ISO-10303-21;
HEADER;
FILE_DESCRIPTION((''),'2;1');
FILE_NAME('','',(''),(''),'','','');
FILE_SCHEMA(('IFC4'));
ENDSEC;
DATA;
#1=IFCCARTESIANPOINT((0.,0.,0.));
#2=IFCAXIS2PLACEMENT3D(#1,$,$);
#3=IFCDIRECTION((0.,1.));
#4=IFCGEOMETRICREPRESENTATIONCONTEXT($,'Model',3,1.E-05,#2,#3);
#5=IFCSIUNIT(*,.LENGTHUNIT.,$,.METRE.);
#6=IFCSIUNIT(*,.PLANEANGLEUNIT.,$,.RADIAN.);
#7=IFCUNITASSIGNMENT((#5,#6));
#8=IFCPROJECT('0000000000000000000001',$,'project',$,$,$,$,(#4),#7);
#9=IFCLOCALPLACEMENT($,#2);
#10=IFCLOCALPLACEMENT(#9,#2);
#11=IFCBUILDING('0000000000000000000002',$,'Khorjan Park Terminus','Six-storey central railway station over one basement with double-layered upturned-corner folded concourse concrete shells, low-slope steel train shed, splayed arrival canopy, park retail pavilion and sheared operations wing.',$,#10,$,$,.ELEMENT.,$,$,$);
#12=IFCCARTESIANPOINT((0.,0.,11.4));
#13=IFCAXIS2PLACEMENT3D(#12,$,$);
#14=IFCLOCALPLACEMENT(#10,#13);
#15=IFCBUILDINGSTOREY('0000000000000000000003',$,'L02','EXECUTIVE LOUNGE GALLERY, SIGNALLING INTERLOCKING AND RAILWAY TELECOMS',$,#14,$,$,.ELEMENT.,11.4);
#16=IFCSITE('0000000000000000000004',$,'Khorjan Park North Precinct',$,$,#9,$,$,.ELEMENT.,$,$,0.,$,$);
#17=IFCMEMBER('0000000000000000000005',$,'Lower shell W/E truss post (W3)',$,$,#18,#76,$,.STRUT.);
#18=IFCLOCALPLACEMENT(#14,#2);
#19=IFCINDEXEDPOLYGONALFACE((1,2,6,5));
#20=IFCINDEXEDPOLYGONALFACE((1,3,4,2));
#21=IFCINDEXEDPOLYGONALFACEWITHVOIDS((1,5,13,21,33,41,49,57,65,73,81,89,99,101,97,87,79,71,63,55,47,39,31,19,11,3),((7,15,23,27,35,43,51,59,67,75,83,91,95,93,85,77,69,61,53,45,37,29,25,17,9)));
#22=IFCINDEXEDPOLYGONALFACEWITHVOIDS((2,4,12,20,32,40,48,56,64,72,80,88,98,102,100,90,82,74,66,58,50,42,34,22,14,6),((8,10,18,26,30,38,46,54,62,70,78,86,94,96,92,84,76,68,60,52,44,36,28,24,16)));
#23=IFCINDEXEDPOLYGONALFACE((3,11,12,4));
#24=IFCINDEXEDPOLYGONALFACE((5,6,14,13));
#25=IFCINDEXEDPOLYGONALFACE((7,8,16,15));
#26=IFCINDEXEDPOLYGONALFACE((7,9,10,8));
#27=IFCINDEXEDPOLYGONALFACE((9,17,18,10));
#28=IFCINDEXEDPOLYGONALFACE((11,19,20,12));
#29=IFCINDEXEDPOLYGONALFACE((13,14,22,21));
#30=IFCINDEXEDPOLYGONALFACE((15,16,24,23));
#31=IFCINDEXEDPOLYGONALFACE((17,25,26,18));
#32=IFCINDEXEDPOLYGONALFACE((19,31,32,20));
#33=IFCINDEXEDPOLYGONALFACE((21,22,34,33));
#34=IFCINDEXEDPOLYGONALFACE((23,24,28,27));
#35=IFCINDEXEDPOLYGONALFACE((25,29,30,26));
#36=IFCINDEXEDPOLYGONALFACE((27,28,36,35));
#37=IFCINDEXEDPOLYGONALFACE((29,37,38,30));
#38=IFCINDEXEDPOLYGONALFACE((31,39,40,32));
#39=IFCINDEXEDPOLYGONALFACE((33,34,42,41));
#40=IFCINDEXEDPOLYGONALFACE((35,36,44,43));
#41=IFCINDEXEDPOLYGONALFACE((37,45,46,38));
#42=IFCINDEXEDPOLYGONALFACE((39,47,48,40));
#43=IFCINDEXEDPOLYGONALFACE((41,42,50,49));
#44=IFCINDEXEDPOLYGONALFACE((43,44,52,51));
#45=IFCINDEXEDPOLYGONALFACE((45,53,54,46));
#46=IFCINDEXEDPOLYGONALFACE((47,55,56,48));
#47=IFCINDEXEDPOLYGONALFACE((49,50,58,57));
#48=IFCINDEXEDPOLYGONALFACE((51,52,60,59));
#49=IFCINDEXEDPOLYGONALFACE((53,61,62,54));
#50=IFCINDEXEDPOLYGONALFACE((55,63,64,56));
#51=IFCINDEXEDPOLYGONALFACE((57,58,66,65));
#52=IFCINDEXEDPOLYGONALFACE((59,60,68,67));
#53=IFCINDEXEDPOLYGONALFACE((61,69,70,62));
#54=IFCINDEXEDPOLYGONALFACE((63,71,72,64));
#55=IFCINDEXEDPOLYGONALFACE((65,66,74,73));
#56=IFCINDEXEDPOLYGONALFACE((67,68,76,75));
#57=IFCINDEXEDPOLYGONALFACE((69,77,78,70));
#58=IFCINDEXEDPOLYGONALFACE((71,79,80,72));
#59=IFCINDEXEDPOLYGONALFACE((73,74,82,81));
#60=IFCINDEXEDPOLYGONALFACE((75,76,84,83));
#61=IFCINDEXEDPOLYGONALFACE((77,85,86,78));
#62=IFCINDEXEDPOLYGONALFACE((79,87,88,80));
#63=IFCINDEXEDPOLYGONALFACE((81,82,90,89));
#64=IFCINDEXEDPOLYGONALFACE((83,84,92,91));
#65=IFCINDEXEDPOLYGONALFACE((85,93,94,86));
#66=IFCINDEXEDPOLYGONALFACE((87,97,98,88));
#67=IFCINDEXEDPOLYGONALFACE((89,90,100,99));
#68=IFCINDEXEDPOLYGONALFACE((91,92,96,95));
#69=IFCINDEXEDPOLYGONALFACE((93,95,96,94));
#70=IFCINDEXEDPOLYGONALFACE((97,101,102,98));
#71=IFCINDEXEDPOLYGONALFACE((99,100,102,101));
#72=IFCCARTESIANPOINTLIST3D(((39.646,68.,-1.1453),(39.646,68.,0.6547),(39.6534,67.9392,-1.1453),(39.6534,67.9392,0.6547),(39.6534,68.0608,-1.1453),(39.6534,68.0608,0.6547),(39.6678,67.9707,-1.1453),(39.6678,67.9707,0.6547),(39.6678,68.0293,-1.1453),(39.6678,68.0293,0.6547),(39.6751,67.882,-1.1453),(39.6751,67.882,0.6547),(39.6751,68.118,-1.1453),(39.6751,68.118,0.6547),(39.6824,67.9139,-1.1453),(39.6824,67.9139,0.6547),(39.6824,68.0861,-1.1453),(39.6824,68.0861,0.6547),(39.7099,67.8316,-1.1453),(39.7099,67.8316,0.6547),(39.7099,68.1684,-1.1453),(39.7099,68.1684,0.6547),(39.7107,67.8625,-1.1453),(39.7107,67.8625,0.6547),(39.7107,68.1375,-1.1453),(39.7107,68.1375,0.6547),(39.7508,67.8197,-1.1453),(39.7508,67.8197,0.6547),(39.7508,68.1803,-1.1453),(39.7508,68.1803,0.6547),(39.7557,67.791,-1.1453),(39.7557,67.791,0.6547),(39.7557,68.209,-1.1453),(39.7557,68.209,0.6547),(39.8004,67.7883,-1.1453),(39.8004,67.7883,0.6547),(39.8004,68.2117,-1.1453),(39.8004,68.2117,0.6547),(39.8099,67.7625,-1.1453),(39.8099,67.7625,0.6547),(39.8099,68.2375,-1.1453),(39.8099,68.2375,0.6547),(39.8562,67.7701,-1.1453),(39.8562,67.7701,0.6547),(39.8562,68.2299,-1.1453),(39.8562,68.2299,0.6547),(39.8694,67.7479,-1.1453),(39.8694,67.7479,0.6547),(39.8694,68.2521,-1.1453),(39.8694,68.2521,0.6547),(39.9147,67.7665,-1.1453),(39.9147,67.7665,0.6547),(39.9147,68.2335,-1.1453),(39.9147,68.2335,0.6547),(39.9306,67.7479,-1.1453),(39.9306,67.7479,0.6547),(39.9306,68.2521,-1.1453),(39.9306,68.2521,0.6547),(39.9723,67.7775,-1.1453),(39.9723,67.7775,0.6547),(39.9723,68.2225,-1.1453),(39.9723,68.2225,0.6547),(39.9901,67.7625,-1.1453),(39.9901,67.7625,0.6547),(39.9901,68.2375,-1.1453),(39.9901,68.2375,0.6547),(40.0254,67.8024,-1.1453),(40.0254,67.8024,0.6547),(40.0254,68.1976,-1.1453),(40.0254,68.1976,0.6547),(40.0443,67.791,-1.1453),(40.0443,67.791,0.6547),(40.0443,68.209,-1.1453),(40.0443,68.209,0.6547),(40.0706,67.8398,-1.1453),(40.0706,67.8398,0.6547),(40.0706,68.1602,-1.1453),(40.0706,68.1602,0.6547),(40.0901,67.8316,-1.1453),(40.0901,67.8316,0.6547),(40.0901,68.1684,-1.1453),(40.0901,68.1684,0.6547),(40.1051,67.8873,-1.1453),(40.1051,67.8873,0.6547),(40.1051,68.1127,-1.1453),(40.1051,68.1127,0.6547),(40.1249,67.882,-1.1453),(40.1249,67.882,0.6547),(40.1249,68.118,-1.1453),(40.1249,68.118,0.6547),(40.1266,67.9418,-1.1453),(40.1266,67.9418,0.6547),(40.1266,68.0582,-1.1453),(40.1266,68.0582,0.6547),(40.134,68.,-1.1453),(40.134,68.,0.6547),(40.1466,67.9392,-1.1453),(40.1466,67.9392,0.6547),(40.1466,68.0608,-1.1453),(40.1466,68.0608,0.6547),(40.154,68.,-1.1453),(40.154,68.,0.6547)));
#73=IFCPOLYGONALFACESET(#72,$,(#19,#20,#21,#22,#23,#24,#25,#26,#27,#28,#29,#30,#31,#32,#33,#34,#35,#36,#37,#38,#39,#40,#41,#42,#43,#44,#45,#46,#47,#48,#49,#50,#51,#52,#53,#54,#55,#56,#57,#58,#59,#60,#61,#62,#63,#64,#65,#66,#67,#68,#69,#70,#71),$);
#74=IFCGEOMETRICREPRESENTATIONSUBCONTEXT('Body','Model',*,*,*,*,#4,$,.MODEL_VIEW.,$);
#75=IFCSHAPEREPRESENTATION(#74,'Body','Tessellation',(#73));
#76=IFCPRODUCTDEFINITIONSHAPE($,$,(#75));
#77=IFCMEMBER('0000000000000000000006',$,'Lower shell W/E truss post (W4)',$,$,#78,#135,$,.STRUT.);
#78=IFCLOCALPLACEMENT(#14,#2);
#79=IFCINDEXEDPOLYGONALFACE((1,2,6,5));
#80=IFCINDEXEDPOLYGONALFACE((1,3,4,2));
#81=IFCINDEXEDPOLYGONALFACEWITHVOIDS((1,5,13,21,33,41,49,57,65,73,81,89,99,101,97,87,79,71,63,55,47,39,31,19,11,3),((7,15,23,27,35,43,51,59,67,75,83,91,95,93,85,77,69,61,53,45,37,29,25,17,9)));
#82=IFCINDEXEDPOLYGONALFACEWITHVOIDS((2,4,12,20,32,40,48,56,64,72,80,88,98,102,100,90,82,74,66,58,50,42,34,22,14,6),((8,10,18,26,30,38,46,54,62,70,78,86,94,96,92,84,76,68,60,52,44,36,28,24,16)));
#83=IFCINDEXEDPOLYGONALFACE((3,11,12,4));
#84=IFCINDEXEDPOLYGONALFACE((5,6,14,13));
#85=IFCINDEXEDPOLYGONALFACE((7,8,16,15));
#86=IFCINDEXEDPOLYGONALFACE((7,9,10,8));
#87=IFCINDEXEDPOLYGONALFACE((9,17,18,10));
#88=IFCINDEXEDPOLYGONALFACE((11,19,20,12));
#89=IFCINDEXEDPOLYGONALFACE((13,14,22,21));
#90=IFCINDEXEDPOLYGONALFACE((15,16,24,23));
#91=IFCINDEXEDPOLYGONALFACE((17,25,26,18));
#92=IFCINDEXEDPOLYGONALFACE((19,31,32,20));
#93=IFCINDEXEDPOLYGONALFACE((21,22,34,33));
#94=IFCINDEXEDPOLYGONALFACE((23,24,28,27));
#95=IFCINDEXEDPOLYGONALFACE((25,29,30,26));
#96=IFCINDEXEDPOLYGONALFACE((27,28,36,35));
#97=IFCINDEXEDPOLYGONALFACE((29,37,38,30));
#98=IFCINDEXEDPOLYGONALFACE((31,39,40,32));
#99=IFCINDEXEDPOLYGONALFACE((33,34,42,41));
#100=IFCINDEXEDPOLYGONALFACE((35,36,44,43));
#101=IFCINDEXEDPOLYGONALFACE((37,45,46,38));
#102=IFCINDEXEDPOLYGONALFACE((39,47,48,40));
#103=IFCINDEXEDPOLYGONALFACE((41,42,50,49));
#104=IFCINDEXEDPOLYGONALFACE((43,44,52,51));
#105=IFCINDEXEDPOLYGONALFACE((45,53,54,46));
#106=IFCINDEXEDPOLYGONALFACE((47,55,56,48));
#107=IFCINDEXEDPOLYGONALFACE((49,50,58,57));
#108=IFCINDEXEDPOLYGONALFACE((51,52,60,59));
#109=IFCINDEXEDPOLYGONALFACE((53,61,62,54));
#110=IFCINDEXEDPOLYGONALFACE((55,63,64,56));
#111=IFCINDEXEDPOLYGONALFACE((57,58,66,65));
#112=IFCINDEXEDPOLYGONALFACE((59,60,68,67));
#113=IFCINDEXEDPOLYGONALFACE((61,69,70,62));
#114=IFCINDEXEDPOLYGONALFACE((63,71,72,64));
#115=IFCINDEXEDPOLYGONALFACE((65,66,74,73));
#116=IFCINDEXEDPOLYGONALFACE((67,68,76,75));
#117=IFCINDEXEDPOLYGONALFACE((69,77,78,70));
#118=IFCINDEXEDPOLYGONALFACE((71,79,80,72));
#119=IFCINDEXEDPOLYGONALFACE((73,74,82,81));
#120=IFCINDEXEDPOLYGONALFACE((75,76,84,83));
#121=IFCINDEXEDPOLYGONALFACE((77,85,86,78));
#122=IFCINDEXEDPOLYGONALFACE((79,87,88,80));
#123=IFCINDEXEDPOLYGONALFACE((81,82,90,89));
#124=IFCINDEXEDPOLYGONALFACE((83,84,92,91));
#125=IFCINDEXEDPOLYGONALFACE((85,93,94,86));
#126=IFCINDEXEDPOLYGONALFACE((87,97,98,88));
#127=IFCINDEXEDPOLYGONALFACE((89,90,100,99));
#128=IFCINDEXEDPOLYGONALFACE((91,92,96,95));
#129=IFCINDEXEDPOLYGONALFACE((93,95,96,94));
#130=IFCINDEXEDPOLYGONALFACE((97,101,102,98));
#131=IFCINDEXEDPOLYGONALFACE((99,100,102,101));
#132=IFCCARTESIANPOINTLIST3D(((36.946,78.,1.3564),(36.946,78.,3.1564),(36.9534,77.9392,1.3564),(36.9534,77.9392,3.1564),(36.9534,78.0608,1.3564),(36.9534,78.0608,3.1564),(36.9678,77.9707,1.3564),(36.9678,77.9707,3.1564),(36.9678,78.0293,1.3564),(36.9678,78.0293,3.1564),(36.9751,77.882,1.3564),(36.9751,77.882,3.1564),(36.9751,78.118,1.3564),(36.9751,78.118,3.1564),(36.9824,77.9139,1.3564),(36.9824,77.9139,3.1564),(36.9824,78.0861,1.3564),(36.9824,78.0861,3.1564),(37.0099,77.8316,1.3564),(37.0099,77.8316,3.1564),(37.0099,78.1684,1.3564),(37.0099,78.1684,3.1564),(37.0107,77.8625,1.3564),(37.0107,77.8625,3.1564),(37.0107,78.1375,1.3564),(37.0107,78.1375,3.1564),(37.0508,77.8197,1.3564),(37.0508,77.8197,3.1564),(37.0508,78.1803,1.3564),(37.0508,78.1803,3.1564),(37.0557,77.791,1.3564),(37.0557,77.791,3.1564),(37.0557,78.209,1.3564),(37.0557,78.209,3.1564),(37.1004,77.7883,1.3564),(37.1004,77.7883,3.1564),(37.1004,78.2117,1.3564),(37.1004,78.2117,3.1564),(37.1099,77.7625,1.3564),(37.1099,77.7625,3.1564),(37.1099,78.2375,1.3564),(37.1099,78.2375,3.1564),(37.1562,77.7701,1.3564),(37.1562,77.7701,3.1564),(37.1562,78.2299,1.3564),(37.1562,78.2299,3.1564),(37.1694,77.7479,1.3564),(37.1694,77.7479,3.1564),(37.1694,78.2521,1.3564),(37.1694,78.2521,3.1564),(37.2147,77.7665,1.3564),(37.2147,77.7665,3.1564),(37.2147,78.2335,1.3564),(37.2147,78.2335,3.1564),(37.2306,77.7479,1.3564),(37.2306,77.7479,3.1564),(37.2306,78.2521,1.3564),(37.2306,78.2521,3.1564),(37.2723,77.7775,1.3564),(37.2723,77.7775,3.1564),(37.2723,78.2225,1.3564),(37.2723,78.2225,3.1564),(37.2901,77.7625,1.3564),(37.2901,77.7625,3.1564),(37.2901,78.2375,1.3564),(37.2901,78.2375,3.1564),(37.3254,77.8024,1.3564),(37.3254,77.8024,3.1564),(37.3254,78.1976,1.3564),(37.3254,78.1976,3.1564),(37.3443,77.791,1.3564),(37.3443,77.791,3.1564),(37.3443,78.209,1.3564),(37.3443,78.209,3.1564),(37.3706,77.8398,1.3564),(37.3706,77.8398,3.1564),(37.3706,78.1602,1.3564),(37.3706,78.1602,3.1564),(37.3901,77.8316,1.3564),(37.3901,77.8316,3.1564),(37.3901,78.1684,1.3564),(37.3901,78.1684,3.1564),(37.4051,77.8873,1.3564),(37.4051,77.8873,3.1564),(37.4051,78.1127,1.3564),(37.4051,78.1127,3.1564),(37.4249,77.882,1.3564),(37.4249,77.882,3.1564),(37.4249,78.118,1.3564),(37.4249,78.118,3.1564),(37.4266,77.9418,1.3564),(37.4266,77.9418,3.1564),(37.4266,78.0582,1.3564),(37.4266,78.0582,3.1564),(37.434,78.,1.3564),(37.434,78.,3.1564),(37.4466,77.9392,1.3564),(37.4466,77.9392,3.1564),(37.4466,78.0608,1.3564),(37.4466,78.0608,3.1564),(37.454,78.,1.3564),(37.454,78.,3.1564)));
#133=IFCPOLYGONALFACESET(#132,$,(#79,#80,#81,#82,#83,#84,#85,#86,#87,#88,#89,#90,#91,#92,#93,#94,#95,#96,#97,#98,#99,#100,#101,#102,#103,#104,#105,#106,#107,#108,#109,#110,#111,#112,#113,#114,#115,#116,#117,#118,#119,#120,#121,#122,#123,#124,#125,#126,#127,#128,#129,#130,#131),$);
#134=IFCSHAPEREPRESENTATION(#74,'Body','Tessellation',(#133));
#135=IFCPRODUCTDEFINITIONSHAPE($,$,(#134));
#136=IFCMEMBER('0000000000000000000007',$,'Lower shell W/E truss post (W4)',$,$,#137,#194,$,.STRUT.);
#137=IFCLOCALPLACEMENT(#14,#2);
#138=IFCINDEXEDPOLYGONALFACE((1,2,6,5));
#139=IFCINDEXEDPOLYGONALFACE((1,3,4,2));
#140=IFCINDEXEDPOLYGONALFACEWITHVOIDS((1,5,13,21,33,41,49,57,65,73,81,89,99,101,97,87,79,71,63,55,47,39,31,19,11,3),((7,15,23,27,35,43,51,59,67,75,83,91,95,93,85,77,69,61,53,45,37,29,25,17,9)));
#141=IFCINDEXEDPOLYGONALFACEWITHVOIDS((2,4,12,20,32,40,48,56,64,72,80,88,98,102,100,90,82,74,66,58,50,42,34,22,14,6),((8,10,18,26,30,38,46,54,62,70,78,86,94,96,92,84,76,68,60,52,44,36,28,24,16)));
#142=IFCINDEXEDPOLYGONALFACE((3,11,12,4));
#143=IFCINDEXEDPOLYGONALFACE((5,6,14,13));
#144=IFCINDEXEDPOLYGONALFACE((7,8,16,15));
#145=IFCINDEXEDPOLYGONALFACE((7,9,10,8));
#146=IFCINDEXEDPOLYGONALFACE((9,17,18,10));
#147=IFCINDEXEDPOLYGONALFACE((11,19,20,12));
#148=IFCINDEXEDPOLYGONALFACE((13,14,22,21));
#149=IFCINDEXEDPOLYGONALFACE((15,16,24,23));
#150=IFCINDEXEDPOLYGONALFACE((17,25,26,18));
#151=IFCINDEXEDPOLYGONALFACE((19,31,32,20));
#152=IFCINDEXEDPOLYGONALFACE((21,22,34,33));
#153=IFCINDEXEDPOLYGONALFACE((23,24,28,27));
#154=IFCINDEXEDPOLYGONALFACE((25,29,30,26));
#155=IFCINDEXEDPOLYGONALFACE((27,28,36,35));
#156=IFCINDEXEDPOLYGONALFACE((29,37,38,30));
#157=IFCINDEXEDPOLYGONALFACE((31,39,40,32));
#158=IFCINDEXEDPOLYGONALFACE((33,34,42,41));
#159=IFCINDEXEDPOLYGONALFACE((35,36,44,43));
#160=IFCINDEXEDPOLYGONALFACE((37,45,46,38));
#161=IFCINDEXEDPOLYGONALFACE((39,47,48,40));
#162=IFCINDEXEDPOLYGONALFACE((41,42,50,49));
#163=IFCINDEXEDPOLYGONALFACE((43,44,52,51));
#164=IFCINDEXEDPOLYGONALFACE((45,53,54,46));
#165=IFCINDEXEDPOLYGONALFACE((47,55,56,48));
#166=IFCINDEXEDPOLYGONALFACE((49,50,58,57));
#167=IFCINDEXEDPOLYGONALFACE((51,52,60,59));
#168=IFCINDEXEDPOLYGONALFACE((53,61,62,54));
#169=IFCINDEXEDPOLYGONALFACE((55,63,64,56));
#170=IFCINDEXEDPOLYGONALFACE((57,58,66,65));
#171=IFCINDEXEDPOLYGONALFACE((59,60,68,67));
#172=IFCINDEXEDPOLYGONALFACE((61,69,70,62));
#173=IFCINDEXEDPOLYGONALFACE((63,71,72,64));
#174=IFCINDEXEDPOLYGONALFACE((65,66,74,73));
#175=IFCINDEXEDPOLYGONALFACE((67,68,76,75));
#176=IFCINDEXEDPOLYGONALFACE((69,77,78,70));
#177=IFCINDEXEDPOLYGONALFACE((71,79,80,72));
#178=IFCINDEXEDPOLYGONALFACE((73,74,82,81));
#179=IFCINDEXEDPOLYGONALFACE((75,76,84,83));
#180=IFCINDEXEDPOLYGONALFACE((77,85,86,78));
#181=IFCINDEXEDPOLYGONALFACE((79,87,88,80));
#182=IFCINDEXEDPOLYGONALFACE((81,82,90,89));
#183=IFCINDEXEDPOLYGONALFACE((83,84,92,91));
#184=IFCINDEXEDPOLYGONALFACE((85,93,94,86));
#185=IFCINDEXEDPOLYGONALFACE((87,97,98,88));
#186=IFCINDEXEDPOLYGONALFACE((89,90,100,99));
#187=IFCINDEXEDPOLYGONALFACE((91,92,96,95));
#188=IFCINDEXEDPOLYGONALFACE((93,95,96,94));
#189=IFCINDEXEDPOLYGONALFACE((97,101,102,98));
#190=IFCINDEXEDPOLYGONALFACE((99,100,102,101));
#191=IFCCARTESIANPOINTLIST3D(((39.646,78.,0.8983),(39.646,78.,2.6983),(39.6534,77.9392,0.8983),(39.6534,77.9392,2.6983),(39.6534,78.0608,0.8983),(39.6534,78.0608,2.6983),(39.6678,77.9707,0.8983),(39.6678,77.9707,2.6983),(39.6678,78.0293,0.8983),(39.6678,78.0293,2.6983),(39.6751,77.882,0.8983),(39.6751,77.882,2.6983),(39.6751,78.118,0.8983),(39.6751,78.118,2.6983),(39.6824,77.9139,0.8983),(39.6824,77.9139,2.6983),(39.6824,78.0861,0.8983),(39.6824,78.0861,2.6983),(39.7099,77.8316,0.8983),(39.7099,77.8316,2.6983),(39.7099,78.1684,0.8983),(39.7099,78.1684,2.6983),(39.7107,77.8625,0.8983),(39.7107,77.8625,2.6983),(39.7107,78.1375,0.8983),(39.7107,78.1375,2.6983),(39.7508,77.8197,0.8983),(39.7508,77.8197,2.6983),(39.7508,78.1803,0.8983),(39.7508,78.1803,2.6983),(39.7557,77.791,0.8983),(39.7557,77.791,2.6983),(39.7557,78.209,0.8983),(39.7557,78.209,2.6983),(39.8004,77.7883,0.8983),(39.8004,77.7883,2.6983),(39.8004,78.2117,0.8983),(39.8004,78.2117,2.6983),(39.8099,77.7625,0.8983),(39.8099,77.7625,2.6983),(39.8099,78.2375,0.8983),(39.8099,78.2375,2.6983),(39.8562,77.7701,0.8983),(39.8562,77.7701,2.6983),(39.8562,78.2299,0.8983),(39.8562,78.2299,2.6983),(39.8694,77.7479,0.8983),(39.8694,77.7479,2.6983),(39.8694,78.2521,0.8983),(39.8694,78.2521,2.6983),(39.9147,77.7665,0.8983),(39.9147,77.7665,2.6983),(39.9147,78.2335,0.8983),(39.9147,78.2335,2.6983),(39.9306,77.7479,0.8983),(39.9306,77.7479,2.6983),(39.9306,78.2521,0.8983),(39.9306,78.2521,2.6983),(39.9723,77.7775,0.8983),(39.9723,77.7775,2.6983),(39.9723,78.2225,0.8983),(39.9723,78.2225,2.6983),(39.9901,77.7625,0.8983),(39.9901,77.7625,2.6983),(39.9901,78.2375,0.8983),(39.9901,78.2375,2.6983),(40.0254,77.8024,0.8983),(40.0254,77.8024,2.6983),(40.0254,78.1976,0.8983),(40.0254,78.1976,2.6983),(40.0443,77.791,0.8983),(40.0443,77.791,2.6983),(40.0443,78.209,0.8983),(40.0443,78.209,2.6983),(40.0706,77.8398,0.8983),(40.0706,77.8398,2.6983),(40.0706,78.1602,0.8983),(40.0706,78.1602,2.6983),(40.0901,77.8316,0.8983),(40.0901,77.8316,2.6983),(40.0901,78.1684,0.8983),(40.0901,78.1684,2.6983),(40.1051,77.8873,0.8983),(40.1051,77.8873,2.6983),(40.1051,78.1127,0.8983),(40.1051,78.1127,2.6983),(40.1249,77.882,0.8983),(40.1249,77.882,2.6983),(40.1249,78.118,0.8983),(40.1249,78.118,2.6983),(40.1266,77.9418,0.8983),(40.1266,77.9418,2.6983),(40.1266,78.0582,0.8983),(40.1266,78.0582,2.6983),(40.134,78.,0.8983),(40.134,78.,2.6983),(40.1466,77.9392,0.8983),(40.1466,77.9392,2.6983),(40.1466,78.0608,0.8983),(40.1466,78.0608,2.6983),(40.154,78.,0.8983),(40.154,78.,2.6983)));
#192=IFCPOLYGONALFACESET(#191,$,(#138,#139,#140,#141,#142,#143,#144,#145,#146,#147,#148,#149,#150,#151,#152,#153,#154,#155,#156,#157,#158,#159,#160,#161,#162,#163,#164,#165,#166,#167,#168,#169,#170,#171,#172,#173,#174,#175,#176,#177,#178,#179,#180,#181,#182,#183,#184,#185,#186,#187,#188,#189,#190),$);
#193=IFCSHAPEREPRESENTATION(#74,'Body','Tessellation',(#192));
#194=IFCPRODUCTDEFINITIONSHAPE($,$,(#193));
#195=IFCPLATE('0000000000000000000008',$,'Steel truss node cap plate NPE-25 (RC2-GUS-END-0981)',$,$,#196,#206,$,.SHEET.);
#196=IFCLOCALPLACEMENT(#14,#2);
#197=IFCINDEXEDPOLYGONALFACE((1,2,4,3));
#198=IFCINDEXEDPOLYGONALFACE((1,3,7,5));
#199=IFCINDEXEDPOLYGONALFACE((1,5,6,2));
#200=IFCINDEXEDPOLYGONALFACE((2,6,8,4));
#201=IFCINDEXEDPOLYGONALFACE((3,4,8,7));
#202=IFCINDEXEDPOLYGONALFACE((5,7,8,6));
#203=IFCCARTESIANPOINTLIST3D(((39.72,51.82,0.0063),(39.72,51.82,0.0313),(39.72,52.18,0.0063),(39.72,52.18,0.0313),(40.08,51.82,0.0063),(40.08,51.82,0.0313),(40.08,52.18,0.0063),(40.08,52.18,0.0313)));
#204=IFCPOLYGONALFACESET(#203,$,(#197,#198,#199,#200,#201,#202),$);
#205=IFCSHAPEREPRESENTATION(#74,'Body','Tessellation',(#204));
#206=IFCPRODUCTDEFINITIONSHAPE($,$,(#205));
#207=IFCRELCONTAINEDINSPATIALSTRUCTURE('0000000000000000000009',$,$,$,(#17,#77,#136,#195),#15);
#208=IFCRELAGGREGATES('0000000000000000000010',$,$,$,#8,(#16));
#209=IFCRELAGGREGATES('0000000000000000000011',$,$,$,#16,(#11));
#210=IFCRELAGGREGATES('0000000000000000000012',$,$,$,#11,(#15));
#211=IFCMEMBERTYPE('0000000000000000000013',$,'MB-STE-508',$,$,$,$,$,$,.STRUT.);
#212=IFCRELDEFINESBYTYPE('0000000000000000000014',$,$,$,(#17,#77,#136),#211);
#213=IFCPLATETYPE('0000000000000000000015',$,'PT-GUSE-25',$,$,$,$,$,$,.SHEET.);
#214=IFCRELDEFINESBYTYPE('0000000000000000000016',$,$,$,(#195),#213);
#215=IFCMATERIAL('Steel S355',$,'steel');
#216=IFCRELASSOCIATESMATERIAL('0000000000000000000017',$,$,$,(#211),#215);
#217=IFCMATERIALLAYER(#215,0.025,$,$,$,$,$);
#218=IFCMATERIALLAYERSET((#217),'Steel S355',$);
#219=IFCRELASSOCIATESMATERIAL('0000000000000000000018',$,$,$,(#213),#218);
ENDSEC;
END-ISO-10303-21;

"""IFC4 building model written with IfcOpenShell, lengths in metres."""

from ifc_helpers import new_model, si_unit, direction, frame, origin, origin_2d, place, context, subcontext, project, spatial, rectangle, hollow_circle, extrude, material, layer, layer_set, material_profile, profile_set, type_object, element, save


model = new_model("IFC4")

# Units and contexts
model_context = context("Model", 3, precision=1e-05, world=origin(), true_north=direction((0.0, 1.0)))
body_context = subcontext(model_context, "Body", "Model", "MODEL_VIEW")
ifc_project = project(units=[si_unit("LENGTHUNIT", "METRE"), si_unit("PLANEANGLEUNIT", "RADIAN")], contexts=[model_context])

# Site, building, storey
site_placement = place(None, origin())
site = spatial("IfcSite", under=ifc_project, at=site_placement, Name="Khorjan Park North Precinct", CompositionType="ELEMENT", RefElevation=0.0)
building_placement = place(site_placement, origin())
building = spatial("IfcBuilding", under=site, at=building_placement, Name="Khorjan Park Terminus", Description="Six-storey central railway station over one basement with double-layered upturned-corner folded concourse concrete shells, low-slope steel train shed, splayed arrival canopy, park retail pavilion and sheared operations wing.", CompositionType="ELEMENT")
storey_placement = place(building_placement, frame((0.0, 0.0, 11.4)))
storey = spatial("IfcBuildingStorey", under=building, at=storey_placement, Name="L02", Description="EXECUTIVE LOUNGE GALLERY, SIGNALLING INTERLOCKING AND RAILWAY TELECOMS", CompositionType="ELEMENT", Elevation=11.4)

# Members
ifc_material_1 = material(Name="Steel S355", Category="steel")
ifc_material_profile_1 = material_profile(ifc_material_1, hollow_circle(Radius=0.254, WallThickness=0.02, at=origin_2d()), Name="CHS 508x20")
ifc_profile_set_1 = profile_set([ifc_material_profile_1], Name="Steel S355")
member_type_1 = type_object("IfcMemberType", Name="MB-STE-508", PredefinedType="STRUT", material=ifc_profile_set_1)
for number, where, z_axis, x_axis, name in (
    (1, (39.9, 68.0, -1.1453), (0.0, 0.0, 1.0), (1.0, 0.0, 0.0), "Lower shell W/E truss post (W3)"),
    (2, (37.2, 78.0, 1.3564), (0.0, 0.0, 1.0), (1.0, 0.0, 0.0), "Lower shell W/E truss post (W4)"),
    (3, (39.9, 78.0, 0.8983), (0.0, 0.0, 1.0), (1.0, 0.0, 0.0), "Lower shell W/E truss post (W4)"),
):
    element("IfcMember", number, at=place(storey_placement, frame(where, z_axis=z_axis, x_axis=x_axis)), inside=storey, type_object=member_type_1, Name=name, PredefinedType="STRUT", context=body_context, shape_type="SweptSolid", body=[
        extrude(hollow_circle(Radius=0.254, WallThickness=0.02, at=origin_2d()), origin(), (0.0, 0.0, 1.0), 1.8),
    ])

# Plate
ifc_layer_1 = layer(ifc_material_1, 0.025)
ifc_layer_set_1 = layer_set([ifc_layer_1], Name="Steel S355")
plate_type = type_object("IfcPlateType", Name="PT-GUSE-25", PredefinedType="SHEET", material=ifc_layer_set_1)
for number, where, z_axis, x_axis, name in (
    (4, (39.9, 52.0, 0.0063), (0.0, 0.0, 1.0), (1.0, 0.0, 0.0), "Steel truss node cap plate NPE-25 (RC2-GUS-END-0981)"),
):
    element("IfcPlate", number, at=place(storey_placement, frame(where, z_axis=z_axis, x_axis=x_axis)), inside=storey, type_object=plate_type, Name=name, PredefinedType="SHEET", context=body_context, shape_type="SweptSolid", body=[
        extrude(rectangle(XDim=0.36, YDim=0.36, at=origin_2d()), origin(), (0.0, 0.0, 1.0), 0.025),
    ])

save(model, "model.ifc")
